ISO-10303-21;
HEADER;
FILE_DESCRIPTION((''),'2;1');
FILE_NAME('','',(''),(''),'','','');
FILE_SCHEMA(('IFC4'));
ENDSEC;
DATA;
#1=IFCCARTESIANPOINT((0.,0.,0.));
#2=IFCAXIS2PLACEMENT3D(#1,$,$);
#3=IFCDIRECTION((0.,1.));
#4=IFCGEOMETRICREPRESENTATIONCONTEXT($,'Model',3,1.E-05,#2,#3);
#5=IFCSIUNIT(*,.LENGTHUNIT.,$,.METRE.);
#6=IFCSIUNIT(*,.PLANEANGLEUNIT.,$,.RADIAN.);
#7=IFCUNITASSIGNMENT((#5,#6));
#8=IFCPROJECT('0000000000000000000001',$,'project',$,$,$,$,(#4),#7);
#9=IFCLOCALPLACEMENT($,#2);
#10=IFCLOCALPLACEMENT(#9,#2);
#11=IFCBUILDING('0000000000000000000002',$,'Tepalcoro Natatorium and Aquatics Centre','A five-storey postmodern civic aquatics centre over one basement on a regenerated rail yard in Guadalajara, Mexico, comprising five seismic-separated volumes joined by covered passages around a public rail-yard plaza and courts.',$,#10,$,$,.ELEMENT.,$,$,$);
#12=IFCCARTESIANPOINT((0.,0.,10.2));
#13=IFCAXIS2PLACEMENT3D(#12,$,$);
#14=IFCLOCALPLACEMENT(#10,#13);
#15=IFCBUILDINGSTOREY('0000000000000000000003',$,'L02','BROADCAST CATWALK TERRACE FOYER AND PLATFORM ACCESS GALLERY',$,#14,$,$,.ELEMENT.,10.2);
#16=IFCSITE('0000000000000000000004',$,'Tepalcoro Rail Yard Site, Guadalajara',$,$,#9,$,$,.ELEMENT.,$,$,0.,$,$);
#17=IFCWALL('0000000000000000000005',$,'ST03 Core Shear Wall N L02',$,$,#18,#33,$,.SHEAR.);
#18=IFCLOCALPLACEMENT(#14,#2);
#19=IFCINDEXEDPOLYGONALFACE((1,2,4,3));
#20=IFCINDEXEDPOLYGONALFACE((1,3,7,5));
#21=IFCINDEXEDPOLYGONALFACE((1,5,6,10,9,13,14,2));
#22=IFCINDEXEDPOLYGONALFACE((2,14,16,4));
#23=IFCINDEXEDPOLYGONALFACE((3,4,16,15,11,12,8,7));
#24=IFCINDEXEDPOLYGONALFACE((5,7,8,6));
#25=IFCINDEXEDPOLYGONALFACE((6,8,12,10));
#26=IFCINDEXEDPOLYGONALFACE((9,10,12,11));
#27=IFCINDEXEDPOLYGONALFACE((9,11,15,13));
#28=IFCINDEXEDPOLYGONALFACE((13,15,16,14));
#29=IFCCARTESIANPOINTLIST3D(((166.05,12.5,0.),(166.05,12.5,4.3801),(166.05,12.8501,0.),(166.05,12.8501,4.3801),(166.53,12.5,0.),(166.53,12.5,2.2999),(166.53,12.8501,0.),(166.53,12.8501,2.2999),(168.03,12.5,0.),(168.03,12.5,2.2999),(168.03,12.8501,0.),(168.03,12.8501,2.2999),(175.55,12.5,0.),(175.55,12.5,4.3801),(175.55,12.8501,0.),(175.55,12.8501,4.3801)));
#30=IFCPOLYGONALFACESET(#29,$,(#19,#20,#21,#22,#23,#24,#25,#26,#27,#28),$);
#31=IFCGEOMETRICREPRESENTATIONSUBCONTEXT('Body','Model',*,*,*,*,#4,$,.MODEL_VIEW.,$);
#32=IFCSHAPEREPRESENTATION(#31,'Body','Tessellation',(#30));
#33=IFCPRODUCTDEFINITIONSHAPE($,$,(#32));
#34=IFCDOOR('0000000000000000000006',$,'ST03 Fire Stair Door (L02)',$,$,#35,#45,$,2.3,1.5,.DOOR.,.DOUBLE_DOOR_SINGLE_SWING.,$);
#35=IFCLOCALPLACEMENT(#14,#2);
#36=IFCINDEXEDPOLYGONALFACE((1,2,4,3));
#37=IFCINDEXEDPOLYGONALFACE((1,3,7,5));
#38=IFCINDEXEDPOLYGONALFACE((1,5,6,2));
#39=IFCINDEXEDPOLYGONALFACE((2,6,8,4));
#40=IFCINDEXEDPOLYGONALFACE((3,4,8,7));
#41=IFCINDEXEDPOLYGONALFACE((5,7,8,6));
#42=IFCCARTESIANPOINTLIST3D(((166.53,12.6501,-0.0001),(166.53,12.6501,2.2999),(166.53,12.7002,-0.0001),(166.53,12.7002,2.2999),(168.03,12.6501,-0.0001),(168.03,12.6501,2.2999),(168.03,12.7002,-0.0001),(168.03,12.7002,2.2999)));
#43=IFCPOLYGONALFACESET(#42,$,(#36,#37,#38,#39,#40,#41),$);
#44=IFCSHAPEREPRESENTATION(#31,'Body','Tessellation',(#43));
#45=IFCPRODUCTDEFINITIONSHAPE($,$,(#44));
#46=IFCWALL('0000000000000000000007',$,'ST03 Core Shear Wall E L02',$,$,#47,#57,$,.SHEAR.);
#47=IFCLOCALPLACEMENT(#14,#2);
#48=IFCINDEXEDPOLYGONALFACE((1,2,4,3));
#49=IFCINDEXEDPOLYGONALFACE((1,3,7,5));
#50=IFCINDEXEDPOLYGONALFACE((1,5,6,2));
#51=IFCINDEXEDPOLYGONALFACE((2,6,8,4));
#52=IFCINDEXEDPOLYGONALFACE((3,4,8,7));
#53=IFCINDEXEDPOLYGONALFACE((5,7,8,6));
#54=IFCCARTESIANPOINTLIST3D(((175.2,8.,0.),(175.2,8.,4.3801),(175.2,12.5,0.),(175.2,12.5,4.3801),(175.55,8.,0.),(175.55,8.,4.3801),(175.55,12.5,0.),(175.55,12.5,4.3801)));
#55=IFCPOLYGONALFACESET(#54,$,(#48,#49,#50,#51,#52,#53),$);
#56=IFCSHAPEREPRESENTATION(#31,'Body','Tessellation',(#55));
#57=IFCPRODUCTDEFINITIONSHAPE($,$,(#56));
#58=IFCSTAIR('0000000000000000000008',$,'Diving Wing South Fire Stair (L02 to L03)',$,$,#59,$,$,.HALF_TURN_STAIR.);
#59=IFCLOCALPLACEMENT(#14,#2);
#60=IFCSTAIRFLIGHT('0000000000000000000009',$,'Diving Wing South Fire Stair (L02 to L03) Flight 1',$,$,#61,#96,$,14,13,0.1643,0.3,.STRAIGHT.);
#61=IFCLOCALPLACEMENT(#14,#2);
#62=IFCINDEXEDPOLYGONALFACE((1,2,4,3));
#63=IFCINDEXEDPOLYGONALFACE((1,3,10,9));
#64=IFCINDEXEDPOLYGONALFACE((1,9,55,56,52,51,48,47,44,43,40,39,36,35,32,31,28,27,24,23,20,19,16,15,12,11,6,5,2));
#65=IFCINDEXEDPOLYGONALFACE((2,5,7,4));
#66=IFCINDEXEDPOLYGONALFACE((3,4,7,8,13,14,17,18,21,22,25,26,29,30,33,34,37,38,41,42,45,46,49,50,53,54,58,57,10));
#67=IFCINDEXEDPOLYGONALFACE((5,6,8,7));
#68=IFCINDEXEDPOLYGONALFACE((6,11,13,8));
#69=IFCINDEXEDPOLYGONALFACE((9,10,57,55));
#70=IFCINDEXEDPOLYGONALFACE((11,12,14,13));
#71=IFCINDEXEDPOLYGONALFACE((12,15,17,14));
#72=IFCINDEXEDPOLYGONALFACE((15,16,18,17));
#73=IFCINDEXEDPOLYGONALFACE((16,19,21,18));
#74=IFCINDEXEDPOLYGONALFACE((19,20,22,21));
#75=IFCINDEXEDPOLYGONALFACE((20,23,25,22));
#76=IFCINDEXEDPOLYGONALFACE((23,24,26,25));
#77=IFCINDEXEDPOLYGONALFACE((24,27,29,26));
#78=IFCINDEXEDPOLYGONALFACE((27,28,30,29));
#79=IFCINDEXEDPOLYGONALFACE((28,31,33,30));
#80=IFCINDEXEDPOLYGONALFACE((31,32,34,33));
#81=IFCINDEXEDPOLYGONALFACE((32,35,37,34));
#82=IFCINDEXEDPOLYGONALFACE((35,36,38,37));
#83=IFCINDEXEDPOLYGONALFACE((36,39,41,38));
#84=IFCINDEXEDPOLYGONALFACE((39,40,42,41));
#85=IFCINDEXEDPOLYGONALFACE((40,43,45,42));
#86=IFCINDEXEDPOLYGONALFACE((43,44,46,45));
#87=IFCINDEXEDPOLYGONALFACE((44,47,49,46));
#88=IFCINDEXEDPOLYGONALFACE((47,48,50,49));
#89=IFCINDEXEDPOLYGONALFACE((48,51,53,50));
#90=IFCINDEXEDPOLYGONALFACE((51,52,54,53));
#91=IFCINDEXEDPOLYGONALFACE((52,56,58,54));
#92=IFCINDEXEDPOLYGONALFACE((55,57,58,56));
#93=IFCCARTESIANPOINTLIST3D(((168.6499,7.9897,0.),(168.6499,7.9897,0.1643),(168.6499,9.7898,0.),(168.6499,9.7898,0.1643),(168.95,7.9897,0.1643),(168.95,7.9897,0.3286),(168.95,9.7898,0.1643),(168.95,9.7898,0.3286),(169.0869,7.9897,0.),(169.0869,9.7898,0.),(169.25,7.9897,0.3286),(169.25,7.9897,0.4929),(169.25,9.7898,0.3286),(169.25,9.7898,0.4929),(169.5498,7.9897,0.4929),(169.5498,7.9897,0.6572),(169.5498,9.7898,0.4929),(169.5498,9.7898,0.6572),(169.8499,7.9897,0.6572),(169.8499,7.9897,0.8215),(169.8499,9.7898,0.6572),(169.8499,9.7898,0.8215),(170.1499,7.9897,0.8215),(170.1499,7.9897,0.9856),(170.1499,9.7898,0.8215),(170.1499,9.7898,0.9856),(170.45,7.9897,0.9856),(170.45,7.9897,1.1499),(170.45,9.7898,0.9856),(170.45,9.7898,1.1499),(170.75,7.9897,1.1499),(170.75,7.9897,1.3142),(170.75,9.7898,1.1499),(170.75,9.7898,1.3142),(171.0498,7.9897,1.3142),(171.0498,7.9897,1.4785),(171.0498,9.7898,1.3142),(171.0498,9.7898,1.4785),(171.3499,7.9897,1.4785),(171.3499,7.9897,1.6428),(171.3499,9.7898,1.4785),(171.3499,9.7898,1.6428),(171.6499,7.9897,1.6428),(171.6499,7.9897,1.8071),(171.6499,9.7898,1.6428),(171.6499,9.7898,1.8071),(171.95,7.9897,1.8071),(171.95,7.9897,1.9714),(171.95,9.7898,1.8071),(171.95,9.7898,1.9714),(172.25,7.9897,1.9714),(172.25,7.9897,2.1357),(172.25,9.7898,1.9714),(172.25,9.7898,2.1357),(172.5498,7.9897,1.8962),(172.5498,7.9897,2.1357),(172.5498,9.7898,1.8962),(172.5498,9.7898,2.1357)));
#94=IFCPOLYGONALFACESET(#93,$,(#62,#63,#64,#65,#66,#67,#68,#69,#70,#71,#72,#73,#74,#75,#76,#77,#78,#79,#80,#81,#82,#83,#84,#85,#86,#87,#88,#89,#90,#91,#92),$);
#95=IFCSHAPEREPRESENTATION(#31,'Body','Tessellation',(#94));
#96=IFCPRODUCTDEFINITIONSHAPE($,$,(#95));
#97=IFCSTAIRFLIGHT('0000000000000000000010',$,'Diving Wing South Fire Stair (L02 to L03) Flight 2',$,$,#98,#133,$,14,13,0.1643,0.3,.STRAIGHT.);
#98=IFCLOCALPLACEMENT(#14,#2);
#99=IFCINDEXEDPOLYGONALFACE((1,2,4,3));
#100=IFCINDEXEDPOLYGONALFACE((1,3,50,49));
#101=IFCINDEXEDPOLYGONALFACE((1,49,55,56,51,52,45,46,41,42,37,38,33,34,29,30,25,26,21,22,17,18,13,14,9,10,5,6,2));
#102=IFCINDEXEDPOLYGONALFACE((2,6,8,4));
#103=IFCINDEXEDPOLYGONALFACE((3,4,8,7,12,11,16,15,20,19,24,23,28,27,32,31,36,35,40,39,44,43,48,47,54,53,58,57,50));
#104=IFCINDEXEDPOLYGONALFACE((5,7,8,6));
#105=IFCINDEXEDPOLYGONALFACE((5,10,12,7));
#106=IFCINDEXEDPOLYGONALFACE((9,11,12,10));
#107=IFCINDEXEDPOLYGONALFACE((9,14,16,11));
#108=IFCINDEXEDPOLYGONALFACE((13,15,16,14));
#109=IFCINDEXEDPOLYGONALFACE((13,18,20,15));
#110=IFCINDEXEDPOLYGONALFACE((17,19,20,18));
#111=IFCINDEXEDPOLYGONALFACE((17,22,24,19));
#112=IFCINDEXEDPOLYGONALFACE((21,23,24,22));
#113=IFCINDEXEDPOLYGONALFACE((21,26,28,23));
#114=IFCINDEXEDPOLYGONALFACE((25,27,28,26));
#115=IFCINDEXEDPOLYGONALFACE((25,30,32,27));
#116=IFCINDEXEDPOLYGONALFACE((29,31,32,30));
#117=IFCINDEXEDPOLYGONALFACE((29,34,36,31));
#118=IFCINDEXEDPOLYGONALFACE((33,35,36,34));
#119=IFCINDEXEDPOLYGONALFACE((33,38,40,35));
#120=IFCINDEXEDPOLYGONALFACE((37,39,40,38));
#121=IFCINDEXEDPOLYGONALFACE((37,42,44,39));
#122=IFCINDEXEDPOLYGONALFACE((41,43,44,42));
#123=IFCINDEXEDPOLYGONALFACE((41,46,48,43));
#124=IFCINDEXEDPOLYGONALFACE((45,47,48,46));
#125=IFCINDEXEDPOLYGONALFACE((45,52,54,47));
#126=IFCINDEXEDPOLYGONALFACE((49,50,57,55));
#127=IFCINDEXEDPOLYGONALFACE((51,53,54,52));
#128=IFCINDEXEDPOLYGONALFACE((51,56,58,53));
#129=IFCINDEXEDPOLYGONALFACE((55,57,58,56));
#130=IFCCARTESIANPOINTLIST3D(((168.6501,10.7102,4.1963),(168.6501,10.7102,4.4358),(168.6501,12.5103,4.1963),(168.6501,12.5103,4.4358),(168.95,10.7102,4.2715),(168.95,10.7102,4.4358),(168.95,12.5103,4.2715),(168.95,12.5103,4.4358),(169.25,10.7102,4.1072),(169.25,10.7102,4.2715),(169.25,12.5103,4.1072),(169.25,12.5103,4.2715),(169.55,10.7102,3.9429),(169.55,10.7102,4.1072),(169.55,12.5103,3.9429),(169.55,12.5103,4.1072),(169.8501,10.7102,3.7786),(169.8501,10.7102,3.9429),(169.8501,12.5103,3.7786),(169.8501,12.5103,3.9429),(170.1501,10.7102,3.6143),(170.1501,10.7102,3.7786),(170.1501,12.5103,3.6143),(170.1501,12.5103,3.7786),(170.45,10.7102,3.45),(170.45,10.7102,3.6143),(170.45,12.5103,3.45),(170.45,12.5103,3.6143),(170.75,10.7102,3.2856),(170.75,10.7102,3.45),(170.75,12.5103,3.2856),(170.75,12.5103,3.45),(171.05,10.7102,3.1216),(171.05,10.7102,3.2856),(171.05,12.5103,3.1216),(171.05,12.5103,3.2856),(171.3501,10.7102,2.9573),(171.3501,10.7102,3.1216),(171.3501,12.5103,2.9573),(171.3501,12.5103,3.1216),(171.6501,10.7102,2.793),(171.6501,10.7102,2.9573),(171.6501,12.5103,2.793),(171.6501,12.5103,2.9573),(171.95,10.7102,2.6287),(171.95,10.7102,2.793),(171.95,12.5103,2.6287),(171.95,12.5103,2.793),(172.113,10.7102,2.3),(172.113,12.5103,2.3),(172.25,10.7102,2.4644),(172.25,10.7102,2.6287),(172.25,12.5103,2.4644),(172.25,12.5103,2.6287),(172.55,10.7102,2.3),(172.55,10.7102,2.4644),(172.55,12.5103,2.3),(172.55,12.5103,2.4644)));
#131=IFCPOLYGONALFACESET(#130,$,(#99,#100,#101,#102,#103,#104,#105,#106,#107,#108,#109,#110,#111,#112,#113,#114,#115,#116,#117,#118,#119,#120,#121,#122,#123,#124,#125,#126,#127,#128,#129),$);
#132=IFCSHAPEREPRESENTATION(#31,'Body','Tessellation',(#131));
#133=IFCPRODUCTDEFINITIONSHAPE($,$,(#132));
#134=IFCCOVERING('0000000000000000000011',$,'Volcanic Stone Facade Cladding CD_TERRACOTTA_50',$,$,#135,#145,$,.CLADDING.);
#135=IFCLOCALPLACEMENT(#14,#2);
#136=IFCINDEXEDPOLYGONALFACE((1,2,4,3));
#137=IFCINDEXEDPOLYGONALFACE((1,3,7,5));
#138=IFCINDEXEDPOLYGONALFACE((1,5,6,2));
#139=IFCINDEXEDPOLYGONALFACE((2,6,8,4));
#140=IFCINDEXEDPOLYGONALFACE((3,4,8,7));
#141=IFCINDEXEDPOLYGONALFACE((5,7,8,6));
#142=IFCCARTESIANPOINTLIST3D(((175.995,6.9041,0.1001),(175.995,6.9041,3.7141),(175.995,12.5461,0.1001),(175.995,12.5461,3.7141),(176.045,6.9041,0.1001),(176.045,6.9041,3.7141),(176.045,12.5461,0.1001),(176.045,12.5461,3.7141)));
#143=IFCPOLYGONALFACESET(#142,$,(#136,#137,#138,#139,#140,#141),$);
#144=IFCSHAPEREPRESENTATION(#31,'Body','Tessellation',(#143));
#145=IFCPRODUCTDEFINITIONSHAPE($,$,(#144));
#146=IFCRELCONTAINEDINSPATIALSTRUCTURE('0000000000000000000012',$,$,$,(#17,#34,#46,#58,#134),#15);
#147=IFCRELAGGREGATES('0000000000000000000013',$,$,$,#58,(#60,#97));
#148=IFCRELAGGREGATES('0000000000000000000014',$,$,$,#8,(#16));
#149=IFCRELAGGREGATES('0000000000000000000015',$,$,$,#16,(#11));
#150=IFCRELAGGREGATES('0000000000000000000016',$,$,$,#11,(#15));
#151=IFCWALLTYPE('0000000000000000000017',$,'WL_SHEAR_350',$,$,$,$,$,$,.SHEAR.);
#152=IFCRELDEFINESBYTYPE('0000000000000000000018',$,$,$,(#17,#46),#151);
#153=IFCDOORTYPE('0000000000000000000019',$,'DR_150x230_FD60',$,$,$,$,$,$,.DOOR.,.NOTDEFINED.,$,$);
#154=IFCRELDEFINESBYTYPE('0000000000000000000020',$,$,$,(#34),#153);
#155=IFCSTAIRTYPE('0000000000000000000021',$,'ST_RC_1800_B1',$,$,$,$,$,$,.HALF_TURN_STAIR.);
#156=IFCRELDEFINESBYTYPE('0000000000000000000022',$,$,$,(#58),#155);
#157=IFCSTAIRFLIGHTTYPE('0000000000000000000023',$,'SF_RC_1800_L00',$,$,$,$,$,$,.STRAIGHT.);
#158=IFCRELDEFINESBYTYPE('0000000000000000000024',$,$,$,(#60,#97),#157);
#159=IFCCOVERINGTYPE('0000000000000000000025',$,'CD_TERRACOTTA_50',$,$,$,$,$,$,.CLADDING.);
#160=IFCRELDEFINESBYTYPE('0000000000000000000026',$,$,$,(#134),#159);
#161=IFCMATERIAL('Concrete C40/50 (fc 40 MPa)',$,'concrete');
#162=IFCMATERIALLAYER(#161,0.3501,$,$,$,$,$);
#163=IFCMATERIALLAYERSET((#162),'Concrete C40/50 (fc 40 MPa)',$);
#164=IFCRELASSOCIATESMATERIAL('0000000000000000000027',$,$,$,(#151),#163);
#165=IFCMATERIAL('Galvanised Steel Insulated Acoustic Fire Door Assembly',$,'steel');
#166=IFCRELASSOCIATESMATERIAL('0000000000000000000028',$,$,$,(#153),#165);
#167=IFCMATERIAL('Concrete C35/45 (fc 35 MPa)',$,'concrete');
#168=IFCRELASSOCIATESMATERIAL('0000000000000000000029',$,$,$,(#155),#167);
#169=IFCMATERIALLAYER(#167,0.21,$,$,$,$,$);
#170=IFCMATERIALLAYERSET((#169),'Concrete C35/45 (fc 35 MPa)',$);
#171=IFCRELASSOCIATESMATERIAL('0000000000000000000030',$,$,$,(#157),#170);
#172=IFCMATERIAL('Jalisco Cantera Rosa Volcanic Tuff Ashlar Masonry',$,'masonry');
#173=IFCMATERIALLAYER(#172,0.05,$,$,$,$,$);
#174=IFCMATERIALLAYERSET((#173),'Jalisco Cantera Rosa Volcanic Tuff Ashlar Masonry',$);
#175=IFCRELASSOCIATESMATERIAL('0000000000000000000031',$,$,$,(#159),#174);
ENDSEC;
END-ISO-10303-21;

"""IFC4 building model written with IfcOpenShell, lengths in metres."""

from ifc_helpers import new_model, si_unit, direction, frame, frame_2d, origin, origin_2d, place, context, subcontext, project, spatial, polyline, rectangle, outline, extrude, material, layer, layer_set, type_object, element, fill, aggregate, save


model = new_model("IFC4")

# Units and contexts
model_context = context("Model", 3, precision=1e-05, world=origin(), true_north=direction((0.0, 1.0)))
body_context = subcontext(model_context, "Body", "Model", "MODEL_VIEW")
ifc_project = project(units=[si_unit("LENGTHUNIT", "METRE"), si_unit("PLANEANGLEUNIT", "RADIAN")], contexts=[model_context])

# Site, building, storey
site_placement = place(None, origin())
site = spatial("IfcSite", under=ifc_project, at=site_placement, Name="Tepalcoro Rail Yard Site, Guadalajara", CompositionType="ELEMENT", RefElevation=0.0)
building_placement = place(site_placement, origin())
building = spatial("IfcBuilding", under=site, at=building_placement, Name="Tepalcoro Natatorium and Aquatics Centre", Description="A five-storey postmodern civic aquatics centre over one basement on a regenerated rail yard in Guadalajara, Mexico, comprising five seismic-separated volumes joined by covered passages around a public rail-yard plaza and courts.", CompositionType="ELEMENT")
storey_placement = place(building_placement, frame((0.0, 0.0, 10.2)))
storey = spatial("IfcBuildingStorey", under=building, at=storey_placement, Name="L02", Description="BROADCAST CATWALK TERRACE FOYER AND PLATFORM ACCESS GALLERY", CompositionType="ELEMENT", Elevation=10.2)

# Shared definitions
ifc_material_1 = material(Name="Concrete C40/50 (fc 40 MPa)", Category="concrete")

# Wall, opening, door
ifc_layer_1 = layer(ifc_material_1, 0.3501)
ifc_layer_set_1 = layer_set([ifc_layer_1], Name="Concrete C40/50 (fc 40 MPa)")
wall_type = type_object("IfcWallType", Name="WL_SHEAR_350", PredefinedType="SHEAR", material=ifc_layer_set_1)
wall_1_placement = place(storey_placement, frame((166.05, 12.675, 0.0), z_axis=(0.0, 0.0, 1.0), x_axis=(1.0, 0.0, 0.0)))
wall_1 = element("IfcWall", 1, at=wall_1_placement, inside=storey, type_object=wall_type, Name="ST03 Core Shear Wall N L02", PredefinedType="SHEAR", context=body_context, shape_type="SweptSolid", body=[
    extrude(rectangle(XDim=9.5, YDim=0.3501, at=frame_2d((4.75, 0.0))), origin(), (0.0, 0.0, 1.0), 4.3801),
])
opening_placement = place(wall_1_placement, frame((0.48, 0.0, 0.0)))
opening = element("IfcOpeningElement", 2, at=opening_placement, cuts=wall_1, PredefinedType="OPENING", context=body_context, shape_type="SweptSolid", body=[
    extrude(rectangle(XDim=1.5, YDim=2.3, at=frame_2d((0.75, 1.1499))), frame((0.0, 0.187, 0.0), z_axis=(0.0, -1.0, 0.0), x_axis=(1.0, 0.0, 0.0)), (0.0, 0.0, 1.0), 0.374),
])
ifc_material_2 = material(Name="Galvanised Steel Insulated Acoustic Fire Door Assembly", Category="steel")
door_type = type_object("IfcDoorType", Name="DR_150x230_FD60", OperationType="NOTDEFINED", PredefinedType="DOOR", material=ifc_material_2)
door_placement = place(opening_placement, frame((1.5, 0.0, 0.0), z_axis=(0.0, 0.0, 1.0), x_axis=(-1.0, 0.0, 0.0)))
door = element("IfcDoor", 3, at=door_placement, inside=storey, type_object=door_type, Name="ST03 Fire Stair Door (L02)", OperationType="DOUBLE_DOOR_SINGLE_SWING", OverallHeight=2.3, OverallWidth=1.5, PredefinedType="DOOR", context=body_context, shape_type="SweptSolid", body=[
    extrude(rectangle(XDim=1.5, YDim=2.3, at=frame_2d((0.75, 1.1499))), frame((0.0, 0.0249, 0.0), z_axis=(0.0, -1.0, 0.0), x_axis=(1.0, 0.0, 0.0)), (0.0, 0.0, 1.0), 0.05),
])
fill(opening, door)

# Wall
wall_2_placement = place(storey_placement, frame((175.375, 8.0, 0.0), z_axis=(0.0, 0.0, 1.0), x_axis=(0.0, 1.0, 0.0)))
element("IfcWall", 4, at=wall_2_placement, inside=storey, type_object=wall_type, Name="ST03 Core Shear Wall E L02", PredefinedType="SHEAR", context=body_context, shape_type="SweptSolid", body=[
    extrude(rectangle(XDim=4.5, YDim=0.3501, at=frame_2d((2.25, 0.0))), origin(), (0.0, 0.0, 1.0), 4.3801),
])

# Stair, stair flights
ifc_material_3 = material(Name="Concrete C35/45 (fc 35 MPa)", Category="concrete")
stair_type = type_object("IfcStairType", Name="ST_RC_1800_B1", PredefinedType="HALF_TURN_STAIR", material=ifc_material_3)
stair_placement = place(storey_placement, origin())
stair = element("IfcStair", 5, at=stair_placement, inside=storey, type_object=stair_type, Name="Diving Wing South Fire Stair (L02 to L03)", PredefinedType="HALF_TURN_STAIR")
ifc_layer_2 = layer(ifc_material_3, 0.21)
ifc_layer_set_2 = layer_set([ifc_layer_2], Name="Concrete C35/45 (fc 35 MPa)")
stair_flight_type = type_object("IfcStairFlightType", Name="SF_RC_1800_L00", PredefinedType="STRAIGHT", material=ifc_layer_set_2)
stair_flight_1_placement = place(storey_placement, frame((168.6499, 8.8899, 0.0), z_axis=(0.0, 0.0, 1.0), x_axis=(1.0, 0.0, 0.0)))
stair_flight_1 = element("IfcStairFlight", 6, at=stair_flight_1_placement, type_object=stair_flight_type, Name="Diving Wing South Fire Stair (L02 to L03) Flight 1", NumberOfRisers=14, NumberOfTreads=13, PredefinedType="STRAIGHT", RiserHeight=0.1643, TreadLength=0.3, context=body_context, shape_type="SweptSolid", body=[
    extrude(outline(polyline([(0.0, 0.0), (0.0, 0.1643), (0.3, 0.1643), (0.3, 0.3286), (0.6001, 0.3286), (0.6001, 0.4929), (0.8999, 0.4929), (0.8999, 0.6572), (1.2, 0.6572), (1.2, 0.8215), (1.5, 0.8215), (1.5, 0.9856), (1.8, 0.9856), (1.8, 1.1499), (2.1001, 1.1499), (2.1001, 1.3142), (2.3999, 1.3142), (2.3999, 1.4785), (2.7, 1.4785), (2.7, 1.6428), (3.0, 1.6428), (3.0, 1.8071), (3.3, 1.8071), (3.3, 1.9714), (3.6001, 1.9714), (3.6001, 2.1357), (3.8999, 2.1357), (3.8999, 2.3), (3.8999, 1.8962), (0.437, 0.0), (0.0, 0.0)])), frame((0.0, 0.8999, 0.0), z_axis=(0.0, -1.0, 0.0), x_axis=(1.0, 0.0, 0.0)), (0.0, 0.0, 1.0), 1.8),
])
stair_flight_2_placement = place(storey_placement, frame((172.55, 11.6101, 2.3), z_axis=(0.0, 0.0, 1.0), x_axis=(-1.0, 0.0, 0.0)))
stair_flight_2 = element("IfcStairFlight", 7, at=stair_flight_2_placement, type_object=stair_flight_type, Name="Diving Wing South Fire Stair (L02 to L03) Flight 2", NumberOfRisers=14, NumberOfTreads=13, PredefinedType="STRAIGHT", RiserHeight=0.1643, TreadLength=0.3, context=body_context, shape_type="SweptSolid", body=[
    extrude(outline(polyline([(0.0, 0.0), (0.0, 0.1643), (0.3, 0.1643), (0.3, 0.3286), (0.6001, 0.3286), (0.6001, 0.4929), (0.8999, 0.4929), (0.8999, 0.6572), (1.2, 0.6572), (1.2, 0.8215), (1.5, 0.8215), (1.5, 0.9856), (1.8, 0.9856), (1.8, 1.1499), (2.1001, 1.1499), (2.1001, 1.3142), (2.3999, 1.3142), (2.3999, 1.4785), (2.7, 1.4785), (2.7, 1.6428), (3.0, 1.6428), (3.0, 1.8071), (3.3, 1.8071), (3.3, 1.9714), (3.6001, 1.9714), (3.6001, 2.1357), (3.8999, 2.1357), (3.8999, 2.3), (3.8999, 1.8962), (0.437, 0.0), (0.0, 0.0)])), frame((0.0, 0.8999, 0.0), z_axis=(0.0, -1.0, 0.0), x_axis=(1.0, 0.0, 0.0)), (0.0, 0.0, 1.0), 1.8),
])
aggregate(stair, [stair_flight_1, stair_flight_2])

# Covering
ifc_material_4 = material(Name="Jalisco Cantera Rosa Volcanic Tuff Ashlar Masonry", Category="masonry")
ifc_layer_3 = layer(ifc_material_4, 0.05)
ifc_layer_set_3 = layer_set([ifc_layer_3], Name="Jalisco Cantera Rosa Volcanic Tuff Ashlar Masonry")
covering_type = type_object("IfcCoveringType", Name="CD_TERRACOTTA_50", PredefinedType="CLADDING", material=ifc_layer_set_3)
covering_placement = place(storey_placement, frame((176.02, 9.7251, 0.1001), z_axis=(0.0, 0.0, 1.0), x_axis=(1.0, 0.0, 0.0)))
element("IfcCovering", 8, at=covering_placement, inside=storey, type_object=covering_type, Name="Volcanic Stone Facade Cladding CD_TERRACOTTA_50", PredefinedType="CLADDING", context=body_context, shape_type="SweptSolid", body=[
    extrude(rectangle(XDim=0.05, YDim=5.6421, at=origin_2d()), origin(), (0.0, 0.0, 1.0), 3.614),
])

save(model, "model.ifc")
